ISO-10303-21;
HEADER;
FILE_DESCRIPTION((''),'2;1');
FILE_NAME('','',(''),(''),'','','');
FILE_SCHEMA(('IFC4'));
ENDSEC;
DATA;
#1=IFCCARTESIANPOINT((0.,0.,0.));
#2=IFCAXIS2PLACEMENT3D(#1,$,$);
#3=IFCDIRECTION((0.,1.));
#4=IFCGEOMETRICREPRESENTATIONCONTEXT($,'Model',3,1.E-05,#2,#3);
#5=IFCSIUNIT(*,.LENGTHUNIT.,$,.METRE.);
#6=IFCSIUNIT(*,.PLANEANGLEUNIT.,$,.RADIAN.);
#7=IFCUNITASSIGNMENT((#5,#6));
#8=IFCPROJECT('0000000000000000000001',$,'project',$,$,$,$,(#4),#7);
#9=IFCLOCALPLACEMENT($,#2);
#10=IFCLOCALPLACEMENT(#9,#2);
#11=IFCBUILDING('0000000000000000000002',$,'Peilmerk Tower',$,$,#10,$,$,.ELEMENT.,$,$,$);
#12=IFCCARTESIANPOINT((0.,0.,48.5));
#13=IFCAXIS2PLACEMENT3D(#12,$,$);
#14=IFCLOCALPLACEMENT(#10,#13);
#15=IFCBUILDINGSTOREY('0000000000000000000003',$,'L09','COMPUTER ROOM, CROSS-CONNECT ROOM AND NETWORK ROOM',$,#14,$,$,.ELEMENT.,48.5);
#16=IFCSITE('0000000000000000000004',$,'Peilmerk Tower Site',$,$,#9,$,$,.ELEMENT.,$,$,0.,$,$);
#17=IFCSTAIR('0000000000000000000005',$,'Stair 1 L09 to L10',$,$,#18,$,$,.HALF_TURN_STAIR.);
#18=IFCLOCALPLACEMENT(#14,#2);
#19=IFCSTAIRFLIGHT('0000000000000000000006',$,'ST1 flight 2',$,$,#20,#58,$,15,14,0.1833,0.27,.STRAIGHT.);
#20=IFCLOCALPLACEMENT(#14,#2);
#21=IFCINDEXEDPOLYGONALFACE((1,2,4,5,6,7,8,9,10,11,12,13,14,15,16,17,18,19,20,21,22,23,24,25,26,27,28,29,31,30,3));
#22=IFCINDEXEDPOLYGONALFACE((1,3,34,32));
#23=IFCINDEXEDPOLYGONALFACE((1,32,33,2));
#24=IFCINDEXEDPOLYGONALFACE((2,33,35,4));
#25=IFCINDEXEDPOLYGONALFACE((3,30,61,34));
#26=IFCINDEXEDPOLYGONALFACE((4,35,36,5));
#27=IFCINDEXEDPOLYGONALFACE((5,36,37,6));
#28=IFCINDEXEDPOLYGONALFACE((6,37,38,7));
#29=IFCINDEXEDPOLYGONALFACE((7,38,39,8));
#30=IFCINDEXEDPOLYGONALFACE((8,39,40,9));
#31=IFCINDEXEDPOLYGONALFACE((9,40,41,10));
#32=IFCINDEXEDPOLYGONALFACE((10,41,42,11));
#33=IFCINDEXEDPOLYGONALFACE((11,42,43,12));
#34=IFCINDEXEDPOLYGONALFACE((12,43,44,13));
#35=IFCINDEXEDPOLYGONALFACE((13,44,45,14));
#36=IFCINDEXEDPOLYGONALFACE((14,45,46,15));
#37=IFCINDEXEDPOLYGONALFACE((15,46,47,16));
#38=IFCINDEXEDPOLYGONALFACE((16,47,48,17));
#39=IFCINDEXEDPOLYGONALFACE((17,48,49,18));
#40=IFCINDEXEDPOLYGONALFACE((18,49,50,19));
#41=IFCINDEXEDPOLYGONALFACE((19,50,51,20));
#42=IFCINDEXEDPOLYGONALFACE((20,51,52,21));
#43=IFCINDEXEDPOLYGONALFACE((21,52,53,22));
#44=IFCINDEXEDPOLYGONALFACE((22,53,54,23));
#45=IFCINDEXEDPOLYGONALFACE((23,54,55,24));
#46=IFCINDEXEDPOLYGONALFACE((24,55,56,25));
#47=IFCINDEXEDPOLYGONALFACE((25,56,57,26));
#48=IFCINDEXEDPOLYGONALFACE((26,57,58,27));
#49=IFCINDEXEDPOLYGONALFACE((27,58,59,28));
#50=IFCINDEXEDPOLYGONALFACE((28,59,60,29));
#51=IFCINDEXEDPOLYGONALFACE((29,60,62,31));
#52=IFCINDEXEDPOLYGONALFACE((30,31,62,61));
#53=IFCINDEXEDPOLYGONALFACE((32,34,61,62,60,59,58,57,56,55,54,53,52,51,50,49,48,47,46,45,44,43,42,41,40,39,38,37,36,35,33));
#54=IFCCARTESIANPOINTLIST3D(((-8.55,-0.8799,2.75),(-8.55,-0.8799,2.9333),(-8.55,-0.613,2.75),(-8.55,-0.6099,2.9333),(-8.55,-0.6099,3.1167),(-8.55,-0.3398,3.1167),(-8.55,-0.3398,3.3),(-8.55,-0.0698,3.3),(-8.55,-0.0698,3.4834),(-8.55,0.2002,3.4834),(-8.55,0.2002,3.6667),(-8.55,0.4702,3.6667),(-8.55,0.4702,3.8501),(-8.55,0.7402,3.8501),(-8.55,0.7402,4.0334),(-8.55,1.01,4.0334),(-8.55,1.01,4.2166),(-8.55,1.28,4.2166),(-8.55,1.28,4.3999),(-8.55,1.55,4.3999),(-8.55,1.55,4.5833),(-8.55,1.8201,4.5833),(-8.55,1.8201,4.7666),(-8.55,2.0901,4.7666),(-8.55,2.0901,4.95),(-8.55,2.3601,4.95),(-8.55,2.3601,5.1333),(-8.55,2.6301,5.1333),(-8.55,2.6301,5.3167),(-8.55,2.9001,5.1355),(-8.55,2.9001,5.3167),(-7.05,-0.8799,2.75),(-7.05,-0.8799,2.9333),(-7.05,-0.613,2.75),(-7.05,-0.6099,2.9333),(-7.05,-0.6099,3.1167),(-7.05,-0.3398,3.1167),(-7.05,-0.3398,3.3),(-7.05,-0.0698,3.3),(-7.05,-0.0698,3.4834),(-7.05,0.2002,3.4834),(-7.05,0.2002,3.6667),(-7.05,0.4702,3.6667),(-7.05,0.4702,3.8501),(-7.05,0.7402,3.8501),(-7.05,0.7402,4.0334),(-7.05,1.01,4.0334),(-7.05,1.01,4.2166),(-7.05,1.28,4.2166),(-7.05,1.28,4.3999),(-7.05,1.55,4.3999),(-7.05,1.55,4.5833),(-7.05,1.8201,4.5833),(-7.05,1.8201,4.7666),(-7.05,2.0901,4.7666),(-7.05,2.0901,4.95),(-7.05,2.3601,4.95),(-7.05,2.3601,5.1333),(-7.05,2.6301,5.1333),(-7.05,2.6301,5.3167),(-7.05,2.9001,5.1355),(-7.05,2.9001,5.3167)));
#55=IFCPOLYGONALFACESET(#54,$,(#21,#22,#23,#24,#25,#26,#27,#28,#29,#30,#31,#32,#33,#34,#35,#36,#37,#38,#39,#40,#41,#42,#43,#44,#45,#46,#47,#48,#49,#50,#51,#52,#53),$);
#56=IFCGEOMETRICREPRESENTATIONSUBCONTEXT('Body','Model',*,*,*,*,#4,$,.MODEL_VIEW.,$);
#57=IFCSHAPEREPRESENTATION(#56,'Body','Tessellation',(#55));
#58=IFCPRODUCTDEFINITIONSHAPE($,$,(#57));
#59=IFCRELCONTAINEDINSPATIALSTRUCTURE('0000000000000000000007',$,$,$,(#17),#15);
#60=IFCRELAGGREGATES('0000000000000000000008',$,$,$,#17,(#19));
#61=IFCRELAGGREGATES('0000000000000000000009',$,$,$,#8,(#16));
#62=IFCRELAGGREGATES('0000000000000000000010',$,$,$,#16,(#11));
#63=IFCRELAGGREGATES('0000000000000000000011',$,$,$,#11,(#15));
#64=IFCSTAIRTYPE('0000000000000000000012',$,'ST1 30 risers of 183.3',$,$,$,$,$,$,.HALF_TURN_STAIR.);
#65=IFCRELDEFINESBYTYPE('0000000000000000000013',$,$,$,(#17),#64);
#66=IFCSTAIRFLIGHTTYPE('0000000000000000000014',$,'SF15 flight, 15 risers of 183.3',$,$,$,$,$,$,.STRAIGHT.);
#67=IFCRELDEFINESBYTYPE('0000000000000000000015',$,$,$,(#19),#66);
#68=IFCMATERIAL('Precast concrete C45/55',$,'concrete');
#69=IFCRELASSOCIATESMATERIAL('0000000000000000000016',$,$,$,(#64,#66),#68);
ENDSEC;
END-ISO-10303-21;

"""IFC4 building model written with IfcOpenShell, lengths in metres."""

from ifc_helpers import new_model, si_unit, direction, frame, origin, place, context, subcontext, project, spatial, polyline, outline, extrude, material, type_object, element, aggregate, save


model = new_model("IFC4")

# Units and contexts
model_context = context("Model", 3, precision=1e-05, world=origin(), true_north=direction((0.0, 1.0)))
body_context = subcontext(model_context, "Body", "Model", "MODEL_VIEW")
ifc_project = project(units=[si_unit("LENGTHUNIT", "METRE"), si_unit("PLANEANGLEUNIT", "RADIAN")], contexts=[model_context])

# Site, building, storey
site_placement = place(None, origin())
site = spatial("IfcSite", under=ifc_project, at=site_placement, Name="Peilmerk Tower Site", CompositionType="ELEMENT", RefElevation=0.0)
building_placement = place(site_placement, origin())
building = spatial("IfcBuilding", under=site, at=building_placement, Name="Peilmerk Tower", CompositionType="ELEMENT")
storey_placement = place(building_placement, frame((0.0, 0.0, 48.5)))
storey = spatial("IfcBuildingStorey", under=building, at=storey_placement, Name="L09", Description="COMPUTER ROOM, CROSS-CONNECT ROOM AND NETWORK ROOM", CompositionType="ELEMENT", Elevation=48.5)

# Stair, stair flight
ifc_material_1 = material(Name="Precast concrete C45/55", Category="concrete")
stair_type = type_object("IfcStairType", Name="ST1 30 risers of 183.3", PredefinedType="HALF_TURN_STAIR", material=ifc_material_1)
stair_placement = place(storey_placement, origin())
stair = element("IfcStair", 1, at=stair_placement, inside=storey, type_object=stair_type, Name="Stair 1 L09 to L10", PredefinedType="HALF_TURN_STAIR")
stair_flight_type = type_object("IfcStairFlightType", Name="SF15 flight, 15 risers of 183.3", PredefinedType="STRAIGHT", material=ifc_material_1)
stair_flight_placement = place(storey_placement, frame((-7.8, -0.8799, 2.75), z_axis=(0.0, 0.0, 1.0), x_axis=(0.0, 1.0, 0.0)))
stair_flight = element("IfcStairFlight", 2, at=stair_flight_placement, type_object=stair_flight_type, Name="ST1 flight 2", NumberOfRisers=15, NumberOfTreads=14, PredefinedType="STRAIGHT", RiserHeight=0.1833, TreadLength=0.27, context=body_context, shape_type="SweptSolid", body=[
    extrude(outline(polyline([(0.0, 0.0), (0.0, 0.1833), (0.27, 0.1833), (0.27, 0.3667), (0.54, 0.3667), (0.54, 0.55), (0.8101, 0.55), (0.8101, 0.7334), (1.0801, 0.7334), (1.0801, 0.9167), (1.3501, 0.9167), (1.3501, 1.1001), (1.6201, 1.1001), (1.6201, 1.2834), (1.8899, 1.2834), (1.8899, 1.4666), (2.1599, 1.4666), (2.1599, 1.6499), (2.4299, 1.6499), (2.4299, 1.8333), (2.7, 1.8333), (2.7, 2.0166), (2.97, 2.0166), (2.97, 2.2), (3.24, 2.2), (3.24, 2.3833), (3.51, 2.3833), (3.51, 2.5667), (3.78, 2.5667), (3.78, 2.75), (3.78, 2.3855), (0.2668, 0.0), (0.0, 0.0)])), frame((0.0, 0.75, 0.0), z_axis=(0.0, -1.0, 0.0), x_axis=(1.0, 0.0, 0.0)), (0.0, 0.0, 1.0), 1.5),
])
aggregate(stair, [stair_flight])

save(model, "model.ifc")
